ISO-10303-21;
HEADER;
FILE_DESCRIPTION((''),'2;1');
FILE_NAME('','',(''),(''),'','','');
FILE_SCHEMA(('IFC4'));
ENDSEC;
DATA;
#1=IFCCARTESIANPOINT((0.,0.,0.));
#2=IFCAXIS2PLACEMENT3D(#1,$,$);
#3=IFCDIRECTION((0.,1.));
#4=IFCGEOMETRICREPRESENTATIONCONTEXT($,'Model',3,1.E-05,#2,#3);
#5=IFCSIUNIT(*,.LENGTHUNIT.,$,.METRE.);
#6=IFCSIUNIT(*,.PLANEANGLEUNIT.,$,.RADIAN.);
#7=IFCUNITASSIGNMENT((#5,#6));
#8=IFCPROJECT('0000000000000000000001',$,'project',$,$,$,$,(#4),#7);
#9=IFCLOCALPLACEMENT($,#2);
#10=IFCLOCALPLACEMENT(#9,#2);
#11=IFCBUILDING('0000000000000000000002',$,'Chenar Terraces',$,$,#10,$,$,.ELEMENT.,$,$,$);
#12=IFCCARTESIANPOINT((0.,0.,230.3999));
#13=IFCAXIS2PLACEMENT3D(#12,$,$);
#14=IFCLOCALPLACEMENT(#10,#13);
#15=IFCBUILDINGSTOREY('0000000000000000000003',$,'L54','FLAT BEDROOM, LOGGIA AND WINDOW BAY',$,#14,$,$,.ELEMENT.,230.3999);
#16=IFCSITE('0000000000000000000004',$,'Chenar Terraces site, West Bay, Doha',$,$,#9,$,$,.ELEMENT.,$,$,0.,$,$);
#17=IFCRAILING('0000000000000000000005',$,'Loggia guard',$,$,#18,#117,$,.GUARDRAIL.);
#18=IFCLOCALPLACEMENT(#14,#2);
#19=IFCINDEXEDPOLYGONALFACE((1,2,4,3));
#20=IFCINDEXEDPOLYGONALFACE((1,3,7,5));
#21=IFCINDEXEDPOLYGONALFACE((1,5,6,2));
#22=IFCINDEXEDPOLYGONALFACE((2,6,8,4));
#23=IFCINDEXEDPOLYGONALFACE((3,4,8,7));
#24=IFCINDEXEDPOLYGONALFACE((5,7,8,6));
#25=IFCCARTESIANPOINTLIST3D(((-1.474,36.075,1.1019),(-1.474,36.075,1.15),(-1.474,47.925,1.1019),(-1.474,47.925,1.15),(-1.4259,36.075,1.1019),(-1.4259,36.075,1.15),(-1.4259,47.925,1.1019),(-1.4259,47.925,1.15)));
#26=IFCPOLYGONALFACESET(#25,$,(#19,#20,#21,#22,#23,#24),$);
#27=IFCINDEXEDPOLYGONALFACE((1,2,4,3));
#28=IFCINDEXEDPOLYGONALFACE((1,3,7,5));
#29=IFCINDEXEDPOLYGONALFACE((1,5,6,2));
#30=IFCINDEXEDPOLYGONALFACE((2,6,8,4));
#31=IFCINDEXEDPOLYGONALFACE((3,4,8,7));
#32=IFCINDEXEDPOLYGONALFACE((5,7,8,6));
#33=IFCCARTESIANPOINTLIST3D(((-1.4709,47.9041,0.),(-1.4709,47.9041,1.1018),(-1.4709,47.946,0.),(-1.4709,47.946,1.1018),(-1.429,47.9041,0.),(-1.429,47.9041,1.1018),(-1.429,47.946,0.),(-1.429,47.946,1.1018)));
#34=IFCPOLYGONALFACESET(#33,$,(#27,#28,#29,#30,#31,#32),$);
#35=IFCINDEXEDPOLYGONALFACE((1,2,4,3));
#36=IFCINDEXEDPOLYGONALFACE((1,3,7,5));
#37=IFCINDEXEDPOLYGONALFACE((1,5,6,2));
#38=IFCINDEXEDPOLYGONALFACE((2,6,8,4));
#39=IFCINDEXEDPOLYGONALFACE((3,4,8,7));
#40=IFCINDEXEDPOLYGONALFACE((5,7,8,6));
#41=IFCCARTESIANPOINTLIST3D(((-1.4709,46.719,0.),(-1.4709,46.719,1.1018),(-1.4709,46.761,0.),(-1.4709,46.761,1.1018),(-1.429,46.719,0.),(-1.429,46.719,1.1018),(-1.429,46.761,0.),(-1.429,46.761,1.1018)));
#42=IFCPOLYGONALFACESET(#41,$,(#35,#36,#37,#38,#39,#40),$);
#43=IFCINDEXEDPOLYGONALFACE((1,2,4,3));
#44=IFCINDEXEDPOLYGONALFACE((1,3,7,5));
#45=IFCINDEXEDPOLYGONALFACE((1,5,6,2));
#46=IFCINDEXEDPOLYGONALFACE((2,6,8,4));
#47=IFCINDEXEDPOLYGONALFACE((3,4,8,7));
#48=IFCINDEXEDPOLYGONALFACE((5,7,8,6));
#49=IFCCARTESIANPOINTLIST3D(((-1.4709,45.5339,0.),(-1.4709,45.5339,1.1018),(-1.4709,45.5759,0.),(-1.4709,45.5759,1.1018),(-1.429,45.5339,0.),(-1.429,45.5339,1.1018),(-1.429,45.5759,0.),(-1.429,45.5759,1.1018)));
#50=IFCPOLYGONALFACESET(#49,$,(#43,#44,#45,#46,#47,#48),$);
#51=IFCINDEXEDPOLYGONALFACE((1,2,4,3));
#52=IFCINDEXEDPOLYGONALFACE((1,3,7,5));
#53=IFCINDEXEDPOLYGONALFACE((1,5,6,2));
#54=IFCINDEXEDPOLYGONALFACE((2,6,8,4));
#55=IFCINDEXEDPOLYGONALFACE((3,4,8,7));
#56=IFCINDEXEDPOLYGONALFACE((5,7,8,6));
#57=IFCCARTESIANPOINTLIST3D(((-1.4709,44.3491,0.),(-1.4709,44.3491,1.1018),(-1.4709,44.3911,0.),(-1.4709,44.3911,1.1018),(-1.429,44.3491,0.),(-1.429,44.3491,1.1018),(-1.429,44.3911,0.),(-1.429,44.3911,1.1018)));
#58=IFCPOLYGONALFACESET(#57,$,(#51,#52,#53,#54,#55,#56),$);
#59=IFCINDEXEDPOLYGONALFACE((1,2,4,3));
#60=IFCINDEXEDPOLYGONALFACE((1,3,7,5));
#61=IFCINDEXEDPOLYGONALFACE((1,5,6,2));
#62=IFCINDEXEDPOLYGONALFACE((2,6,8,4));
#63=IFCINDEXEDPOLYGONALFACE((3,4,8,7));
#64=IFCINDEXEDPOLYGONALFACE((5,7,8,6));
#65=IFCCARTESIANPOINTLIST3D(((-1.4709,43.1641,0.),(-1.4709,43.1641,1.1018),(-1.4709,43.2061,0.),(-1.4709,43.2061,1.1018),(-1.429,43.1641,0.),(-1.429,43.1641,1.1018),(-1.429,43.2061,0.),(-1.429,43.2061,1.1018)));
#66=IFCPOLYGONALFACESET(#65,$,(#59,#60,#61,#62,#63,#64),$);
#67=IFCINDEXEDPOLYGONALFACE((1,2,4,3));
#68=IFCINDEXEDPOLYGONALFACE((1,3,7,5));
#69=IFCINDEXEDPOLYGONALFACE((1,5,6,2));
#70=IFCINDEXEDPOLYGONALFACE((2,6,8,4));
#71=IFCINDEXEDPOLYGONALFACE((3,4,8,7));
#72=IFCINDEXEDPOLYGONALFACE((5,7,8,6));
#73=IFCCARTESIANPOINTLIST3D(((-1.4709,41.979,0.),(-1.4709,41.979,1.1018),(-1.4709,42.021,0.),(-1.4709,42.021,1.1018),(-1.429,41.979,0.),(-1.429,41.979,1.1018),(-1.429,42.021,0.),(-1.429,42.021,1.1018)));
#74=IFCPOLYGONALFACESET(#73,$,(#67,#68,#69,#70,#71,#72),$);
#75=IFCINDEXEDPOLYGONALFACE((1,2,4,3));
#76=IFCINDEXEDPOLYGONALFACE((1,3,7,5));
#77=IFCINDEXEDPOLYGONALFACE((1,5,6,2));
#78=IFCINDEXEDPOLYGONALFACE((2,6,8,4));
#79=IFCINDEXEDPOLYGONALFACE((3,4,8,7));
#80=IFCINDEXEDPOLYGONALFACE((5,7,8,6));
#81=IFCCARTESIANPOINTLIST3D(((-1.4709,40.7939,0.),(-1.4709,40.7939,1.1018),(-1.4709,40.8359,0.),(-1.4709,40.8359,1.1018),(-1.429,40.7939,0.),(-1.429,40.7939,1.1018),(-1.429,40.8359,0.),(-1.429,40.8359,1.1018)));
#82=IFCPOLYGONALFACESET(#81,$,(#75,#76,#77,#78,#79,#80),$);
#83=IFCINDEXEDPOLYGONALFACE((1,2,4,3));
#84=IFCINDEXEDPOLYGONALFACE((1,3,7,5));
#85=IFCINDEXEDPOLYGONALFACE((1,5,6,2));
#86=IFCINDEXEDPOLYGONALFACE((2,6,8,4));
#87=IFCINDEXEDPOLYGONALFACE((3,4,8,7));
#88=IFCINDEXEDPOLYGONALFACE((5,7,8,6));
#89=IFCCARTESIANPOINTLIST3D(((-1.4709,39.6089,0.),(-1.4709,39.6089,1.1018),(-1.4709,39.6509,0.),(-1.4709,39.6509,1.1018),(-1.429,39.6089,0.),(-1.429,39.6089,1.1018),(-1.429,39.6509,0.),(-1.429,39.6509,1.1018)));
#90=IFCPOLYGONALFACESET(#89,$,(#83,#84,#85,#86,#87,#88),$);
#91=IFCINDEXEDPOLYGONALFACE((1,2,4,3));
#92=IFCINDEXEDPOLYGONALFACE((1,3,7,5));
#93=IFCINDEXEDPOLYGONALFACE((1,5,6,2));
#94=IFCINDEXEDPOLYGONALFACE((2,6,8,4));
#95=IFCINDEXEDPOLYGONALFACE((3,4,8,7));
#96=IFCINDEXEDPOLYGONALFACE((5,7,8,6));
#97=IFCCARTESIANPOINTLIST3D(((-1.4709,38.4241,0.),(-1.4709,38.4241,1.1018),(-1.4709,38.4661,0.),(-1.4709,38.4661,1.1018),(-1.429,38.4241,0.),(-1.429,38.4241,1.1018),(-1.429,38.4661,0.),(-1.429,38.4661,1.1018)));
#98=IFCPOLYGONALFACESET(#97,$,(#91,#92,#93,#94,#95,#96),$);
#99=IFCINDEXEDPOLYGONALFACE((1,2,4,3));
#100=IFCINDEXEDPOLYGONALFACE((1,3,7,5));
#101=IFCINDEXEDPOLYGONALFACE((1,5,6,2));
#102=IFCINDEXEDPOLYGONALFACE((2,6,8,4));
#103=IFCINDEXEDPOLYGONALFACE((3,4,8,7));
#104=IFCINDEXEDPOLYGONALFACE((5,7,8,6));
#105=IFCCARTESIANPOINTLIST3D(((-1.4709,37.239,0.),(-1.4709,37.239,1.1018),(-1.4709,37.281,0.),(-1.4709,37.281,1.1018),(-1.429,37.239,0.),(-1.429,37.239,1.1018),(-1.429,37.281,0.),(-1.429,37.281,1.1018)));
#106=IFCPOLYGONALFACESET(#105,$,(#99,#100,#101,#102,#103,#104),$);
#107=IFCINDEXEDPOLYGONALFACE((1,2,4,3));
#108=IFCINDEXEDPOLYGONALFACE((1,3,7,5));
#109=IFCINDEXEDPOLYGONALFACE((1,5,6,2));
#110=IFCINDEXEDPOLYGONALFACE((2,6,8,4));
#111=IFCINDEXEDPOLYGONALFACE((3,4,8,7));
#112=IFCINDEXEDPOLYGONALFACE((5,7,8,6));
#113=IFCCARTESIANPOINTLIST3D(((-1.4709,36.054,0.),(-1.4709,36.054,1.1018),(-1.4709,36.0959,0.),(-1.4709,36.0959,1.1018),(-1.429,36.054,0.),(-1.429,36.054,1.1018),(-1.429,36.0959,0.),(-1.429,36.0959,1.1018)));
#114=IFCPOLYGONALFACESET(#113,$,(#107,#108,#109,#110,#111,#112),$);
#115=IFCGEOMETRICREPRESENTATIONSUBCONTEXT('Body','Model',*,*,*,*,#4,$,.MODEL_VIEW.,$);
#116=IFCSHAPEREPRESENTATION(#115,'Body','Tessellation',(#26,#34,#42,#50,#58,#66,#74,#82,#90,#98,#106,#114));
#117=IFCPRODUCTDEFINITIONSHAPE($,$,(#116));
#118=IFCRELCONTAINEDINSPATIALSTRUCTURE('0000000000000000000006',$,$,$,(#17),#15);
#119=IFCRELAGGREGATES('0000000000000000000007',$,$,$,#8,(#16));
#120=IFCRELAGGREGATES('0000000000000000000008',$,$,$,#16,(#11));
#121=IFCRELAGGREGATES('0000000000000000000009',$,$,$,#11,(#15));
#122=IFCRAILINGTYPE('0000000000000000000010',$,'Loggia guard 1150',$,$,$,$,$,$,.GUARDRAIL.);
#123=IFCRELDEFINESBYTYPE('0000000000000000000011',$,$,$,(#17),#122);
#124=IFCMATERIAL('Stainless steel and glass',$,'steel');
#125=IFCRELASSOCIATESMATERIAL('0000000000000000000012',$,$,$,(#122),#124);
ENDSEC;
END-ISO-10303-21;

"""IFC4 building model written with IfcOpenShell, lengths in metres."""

from ifc_helpers import new_model, si_unit, direction, frame, origin, origin_2d, place, context, subcontext, project, spatial, rectangle, extrude, material, type_object, element, save


model = new_model("IFC4")

# Units and contexts
model_context = context("Model", 3, precision=1e-05, world=origin(), true_north=direction((0.0, 1.0)))
body_context = subcontext(model_context, "Body", "Model", "MODEL_VIEW")
ifc_project = project(units=[si_unit("LENGTHUNIT", "METRE"), si_unit("PLANEANGLEUNIT", "RADIAN")], contexts=[model_context])

# Site, building, storey
site_placement = place(None, origin())
site = spatial("IfcSite", under=ifc_project, at=site_placement, Name="Chenar Terraces site, West Bay, Doha", CompositionType="ELEMENT", RefElevation=0.0)
building_placement = place(site_placement, origin())
building = spatial("IfcBuilding", under=site, at=building_placement, Name="Chenar Terraces", CompositionType="ELEMENT")
storey_placement = place(building_placement, frame((0.0, 0.0, 230.3999)))
storey = spatial("IfcBuildingStorey", under=building, at=storey_placement, Name="L54", Description="FLAT BEDROOM, LOGGIA AND WINDOW BAY", CompositionType="ELEMENT", Elevation=230.3999)

# Railing
ifc_material_1 = material(Name="Stainless steel and glass", Category="steel")
railing_type = type_object("IfcRailingType", Name="Loggia guard 1150", PredefinedType="GUARDRAIL", material=ifc_material_1)
railing_placement = place(storey_placement, frame((-1.45, 47.925, 0.0)))
element("IfcRailing", 1, at=railing_placement, inside=storey, type_object=railing_type, Name="Loggia guard", PredefinedType="GUARDRAIL", context=body_context, shape_type="SweptSolid", body=[
    extrude(rectangle(XDim=0.0481, YDim=0.0481, at=origin_2d()), frame((0.0, 0.0, 1.126), z_axis=(0.0, -1.0, 0.0), x_axis=(1.0, 0.0, 0.0)), (0.0, 0.0, 1.0), 11.8501),
    extrude(rectangle(XDim=0.042, YDim=0.042, at=origin_2d()), origin(), (0.0, 0.0, 1.0), 1.1018),
    extrude(rectangle(XDim=0.042, YDim=0.042, at=origin_2d()), frame((0.0, -1.1851, 0.0)), (0.0, 0.0, 1.0), 1.1018),
    extrude(rectangle(XDim=0.042, YDim=0.042, at=origin_2d()), frame((0.0, -2.3701, 0.0)), (0.0, 0.0, 1.0), 1.1018),
    extrude(rectangle(XDim=0.042, YDim=0.042, at=origin_2d()), frame((0.0, -3.5549, 0.0)), (0.0, 0.0, 1.0), 1.1018),
    extrude(rectangle(XDim=0.042, YDim=0.042, at=origin_2d()), frame((0.0, -4.74, 0.0)), (0.0, 0.0, 1.0), 1.1018),
    extrude(rectangle(XDim=0.042, YDim=0.042, at=origin_2d()), frame((0.0, -5.925, 0.0)), (0.0, 0.0, 1.0), 1.1018),
    extrude(rectangle(XDim=0.042, YDim=0.042, at=origin_2d()), frame((0.0, -7.1101, 0.0)), (0.0, 0.0, 1.0), 1.1018),
    extrude(rectangle(XDim=0.042, YDim=0.042, at=origin_2d()), frame((0.0, -8.2952, 0.0)), (0.0, 0.0, 1.0), 1.1018),
    extrude(rectangle(XDim=0.042, YDim=0.042, at=origin_2d()), frame((0.0, -9.48, 0.0)), (0.0, 0.0, 1.0), 1.1018),
    extrude(rectangle(XDim=0.042, YDim=0.042, at=origin_2d()), frame((0.0, -10.665, 0.0)), (0.0, 0.0, 1.0), 1.1018),
    extrude(rectangle(XDim=0.042, YDim=0.042, at=origin_2d()), frame((0.0, -11.8501, 0.0)), (0.0, 0.0, 1.0), 1.1018),
])

save(model, "model.ifc")
